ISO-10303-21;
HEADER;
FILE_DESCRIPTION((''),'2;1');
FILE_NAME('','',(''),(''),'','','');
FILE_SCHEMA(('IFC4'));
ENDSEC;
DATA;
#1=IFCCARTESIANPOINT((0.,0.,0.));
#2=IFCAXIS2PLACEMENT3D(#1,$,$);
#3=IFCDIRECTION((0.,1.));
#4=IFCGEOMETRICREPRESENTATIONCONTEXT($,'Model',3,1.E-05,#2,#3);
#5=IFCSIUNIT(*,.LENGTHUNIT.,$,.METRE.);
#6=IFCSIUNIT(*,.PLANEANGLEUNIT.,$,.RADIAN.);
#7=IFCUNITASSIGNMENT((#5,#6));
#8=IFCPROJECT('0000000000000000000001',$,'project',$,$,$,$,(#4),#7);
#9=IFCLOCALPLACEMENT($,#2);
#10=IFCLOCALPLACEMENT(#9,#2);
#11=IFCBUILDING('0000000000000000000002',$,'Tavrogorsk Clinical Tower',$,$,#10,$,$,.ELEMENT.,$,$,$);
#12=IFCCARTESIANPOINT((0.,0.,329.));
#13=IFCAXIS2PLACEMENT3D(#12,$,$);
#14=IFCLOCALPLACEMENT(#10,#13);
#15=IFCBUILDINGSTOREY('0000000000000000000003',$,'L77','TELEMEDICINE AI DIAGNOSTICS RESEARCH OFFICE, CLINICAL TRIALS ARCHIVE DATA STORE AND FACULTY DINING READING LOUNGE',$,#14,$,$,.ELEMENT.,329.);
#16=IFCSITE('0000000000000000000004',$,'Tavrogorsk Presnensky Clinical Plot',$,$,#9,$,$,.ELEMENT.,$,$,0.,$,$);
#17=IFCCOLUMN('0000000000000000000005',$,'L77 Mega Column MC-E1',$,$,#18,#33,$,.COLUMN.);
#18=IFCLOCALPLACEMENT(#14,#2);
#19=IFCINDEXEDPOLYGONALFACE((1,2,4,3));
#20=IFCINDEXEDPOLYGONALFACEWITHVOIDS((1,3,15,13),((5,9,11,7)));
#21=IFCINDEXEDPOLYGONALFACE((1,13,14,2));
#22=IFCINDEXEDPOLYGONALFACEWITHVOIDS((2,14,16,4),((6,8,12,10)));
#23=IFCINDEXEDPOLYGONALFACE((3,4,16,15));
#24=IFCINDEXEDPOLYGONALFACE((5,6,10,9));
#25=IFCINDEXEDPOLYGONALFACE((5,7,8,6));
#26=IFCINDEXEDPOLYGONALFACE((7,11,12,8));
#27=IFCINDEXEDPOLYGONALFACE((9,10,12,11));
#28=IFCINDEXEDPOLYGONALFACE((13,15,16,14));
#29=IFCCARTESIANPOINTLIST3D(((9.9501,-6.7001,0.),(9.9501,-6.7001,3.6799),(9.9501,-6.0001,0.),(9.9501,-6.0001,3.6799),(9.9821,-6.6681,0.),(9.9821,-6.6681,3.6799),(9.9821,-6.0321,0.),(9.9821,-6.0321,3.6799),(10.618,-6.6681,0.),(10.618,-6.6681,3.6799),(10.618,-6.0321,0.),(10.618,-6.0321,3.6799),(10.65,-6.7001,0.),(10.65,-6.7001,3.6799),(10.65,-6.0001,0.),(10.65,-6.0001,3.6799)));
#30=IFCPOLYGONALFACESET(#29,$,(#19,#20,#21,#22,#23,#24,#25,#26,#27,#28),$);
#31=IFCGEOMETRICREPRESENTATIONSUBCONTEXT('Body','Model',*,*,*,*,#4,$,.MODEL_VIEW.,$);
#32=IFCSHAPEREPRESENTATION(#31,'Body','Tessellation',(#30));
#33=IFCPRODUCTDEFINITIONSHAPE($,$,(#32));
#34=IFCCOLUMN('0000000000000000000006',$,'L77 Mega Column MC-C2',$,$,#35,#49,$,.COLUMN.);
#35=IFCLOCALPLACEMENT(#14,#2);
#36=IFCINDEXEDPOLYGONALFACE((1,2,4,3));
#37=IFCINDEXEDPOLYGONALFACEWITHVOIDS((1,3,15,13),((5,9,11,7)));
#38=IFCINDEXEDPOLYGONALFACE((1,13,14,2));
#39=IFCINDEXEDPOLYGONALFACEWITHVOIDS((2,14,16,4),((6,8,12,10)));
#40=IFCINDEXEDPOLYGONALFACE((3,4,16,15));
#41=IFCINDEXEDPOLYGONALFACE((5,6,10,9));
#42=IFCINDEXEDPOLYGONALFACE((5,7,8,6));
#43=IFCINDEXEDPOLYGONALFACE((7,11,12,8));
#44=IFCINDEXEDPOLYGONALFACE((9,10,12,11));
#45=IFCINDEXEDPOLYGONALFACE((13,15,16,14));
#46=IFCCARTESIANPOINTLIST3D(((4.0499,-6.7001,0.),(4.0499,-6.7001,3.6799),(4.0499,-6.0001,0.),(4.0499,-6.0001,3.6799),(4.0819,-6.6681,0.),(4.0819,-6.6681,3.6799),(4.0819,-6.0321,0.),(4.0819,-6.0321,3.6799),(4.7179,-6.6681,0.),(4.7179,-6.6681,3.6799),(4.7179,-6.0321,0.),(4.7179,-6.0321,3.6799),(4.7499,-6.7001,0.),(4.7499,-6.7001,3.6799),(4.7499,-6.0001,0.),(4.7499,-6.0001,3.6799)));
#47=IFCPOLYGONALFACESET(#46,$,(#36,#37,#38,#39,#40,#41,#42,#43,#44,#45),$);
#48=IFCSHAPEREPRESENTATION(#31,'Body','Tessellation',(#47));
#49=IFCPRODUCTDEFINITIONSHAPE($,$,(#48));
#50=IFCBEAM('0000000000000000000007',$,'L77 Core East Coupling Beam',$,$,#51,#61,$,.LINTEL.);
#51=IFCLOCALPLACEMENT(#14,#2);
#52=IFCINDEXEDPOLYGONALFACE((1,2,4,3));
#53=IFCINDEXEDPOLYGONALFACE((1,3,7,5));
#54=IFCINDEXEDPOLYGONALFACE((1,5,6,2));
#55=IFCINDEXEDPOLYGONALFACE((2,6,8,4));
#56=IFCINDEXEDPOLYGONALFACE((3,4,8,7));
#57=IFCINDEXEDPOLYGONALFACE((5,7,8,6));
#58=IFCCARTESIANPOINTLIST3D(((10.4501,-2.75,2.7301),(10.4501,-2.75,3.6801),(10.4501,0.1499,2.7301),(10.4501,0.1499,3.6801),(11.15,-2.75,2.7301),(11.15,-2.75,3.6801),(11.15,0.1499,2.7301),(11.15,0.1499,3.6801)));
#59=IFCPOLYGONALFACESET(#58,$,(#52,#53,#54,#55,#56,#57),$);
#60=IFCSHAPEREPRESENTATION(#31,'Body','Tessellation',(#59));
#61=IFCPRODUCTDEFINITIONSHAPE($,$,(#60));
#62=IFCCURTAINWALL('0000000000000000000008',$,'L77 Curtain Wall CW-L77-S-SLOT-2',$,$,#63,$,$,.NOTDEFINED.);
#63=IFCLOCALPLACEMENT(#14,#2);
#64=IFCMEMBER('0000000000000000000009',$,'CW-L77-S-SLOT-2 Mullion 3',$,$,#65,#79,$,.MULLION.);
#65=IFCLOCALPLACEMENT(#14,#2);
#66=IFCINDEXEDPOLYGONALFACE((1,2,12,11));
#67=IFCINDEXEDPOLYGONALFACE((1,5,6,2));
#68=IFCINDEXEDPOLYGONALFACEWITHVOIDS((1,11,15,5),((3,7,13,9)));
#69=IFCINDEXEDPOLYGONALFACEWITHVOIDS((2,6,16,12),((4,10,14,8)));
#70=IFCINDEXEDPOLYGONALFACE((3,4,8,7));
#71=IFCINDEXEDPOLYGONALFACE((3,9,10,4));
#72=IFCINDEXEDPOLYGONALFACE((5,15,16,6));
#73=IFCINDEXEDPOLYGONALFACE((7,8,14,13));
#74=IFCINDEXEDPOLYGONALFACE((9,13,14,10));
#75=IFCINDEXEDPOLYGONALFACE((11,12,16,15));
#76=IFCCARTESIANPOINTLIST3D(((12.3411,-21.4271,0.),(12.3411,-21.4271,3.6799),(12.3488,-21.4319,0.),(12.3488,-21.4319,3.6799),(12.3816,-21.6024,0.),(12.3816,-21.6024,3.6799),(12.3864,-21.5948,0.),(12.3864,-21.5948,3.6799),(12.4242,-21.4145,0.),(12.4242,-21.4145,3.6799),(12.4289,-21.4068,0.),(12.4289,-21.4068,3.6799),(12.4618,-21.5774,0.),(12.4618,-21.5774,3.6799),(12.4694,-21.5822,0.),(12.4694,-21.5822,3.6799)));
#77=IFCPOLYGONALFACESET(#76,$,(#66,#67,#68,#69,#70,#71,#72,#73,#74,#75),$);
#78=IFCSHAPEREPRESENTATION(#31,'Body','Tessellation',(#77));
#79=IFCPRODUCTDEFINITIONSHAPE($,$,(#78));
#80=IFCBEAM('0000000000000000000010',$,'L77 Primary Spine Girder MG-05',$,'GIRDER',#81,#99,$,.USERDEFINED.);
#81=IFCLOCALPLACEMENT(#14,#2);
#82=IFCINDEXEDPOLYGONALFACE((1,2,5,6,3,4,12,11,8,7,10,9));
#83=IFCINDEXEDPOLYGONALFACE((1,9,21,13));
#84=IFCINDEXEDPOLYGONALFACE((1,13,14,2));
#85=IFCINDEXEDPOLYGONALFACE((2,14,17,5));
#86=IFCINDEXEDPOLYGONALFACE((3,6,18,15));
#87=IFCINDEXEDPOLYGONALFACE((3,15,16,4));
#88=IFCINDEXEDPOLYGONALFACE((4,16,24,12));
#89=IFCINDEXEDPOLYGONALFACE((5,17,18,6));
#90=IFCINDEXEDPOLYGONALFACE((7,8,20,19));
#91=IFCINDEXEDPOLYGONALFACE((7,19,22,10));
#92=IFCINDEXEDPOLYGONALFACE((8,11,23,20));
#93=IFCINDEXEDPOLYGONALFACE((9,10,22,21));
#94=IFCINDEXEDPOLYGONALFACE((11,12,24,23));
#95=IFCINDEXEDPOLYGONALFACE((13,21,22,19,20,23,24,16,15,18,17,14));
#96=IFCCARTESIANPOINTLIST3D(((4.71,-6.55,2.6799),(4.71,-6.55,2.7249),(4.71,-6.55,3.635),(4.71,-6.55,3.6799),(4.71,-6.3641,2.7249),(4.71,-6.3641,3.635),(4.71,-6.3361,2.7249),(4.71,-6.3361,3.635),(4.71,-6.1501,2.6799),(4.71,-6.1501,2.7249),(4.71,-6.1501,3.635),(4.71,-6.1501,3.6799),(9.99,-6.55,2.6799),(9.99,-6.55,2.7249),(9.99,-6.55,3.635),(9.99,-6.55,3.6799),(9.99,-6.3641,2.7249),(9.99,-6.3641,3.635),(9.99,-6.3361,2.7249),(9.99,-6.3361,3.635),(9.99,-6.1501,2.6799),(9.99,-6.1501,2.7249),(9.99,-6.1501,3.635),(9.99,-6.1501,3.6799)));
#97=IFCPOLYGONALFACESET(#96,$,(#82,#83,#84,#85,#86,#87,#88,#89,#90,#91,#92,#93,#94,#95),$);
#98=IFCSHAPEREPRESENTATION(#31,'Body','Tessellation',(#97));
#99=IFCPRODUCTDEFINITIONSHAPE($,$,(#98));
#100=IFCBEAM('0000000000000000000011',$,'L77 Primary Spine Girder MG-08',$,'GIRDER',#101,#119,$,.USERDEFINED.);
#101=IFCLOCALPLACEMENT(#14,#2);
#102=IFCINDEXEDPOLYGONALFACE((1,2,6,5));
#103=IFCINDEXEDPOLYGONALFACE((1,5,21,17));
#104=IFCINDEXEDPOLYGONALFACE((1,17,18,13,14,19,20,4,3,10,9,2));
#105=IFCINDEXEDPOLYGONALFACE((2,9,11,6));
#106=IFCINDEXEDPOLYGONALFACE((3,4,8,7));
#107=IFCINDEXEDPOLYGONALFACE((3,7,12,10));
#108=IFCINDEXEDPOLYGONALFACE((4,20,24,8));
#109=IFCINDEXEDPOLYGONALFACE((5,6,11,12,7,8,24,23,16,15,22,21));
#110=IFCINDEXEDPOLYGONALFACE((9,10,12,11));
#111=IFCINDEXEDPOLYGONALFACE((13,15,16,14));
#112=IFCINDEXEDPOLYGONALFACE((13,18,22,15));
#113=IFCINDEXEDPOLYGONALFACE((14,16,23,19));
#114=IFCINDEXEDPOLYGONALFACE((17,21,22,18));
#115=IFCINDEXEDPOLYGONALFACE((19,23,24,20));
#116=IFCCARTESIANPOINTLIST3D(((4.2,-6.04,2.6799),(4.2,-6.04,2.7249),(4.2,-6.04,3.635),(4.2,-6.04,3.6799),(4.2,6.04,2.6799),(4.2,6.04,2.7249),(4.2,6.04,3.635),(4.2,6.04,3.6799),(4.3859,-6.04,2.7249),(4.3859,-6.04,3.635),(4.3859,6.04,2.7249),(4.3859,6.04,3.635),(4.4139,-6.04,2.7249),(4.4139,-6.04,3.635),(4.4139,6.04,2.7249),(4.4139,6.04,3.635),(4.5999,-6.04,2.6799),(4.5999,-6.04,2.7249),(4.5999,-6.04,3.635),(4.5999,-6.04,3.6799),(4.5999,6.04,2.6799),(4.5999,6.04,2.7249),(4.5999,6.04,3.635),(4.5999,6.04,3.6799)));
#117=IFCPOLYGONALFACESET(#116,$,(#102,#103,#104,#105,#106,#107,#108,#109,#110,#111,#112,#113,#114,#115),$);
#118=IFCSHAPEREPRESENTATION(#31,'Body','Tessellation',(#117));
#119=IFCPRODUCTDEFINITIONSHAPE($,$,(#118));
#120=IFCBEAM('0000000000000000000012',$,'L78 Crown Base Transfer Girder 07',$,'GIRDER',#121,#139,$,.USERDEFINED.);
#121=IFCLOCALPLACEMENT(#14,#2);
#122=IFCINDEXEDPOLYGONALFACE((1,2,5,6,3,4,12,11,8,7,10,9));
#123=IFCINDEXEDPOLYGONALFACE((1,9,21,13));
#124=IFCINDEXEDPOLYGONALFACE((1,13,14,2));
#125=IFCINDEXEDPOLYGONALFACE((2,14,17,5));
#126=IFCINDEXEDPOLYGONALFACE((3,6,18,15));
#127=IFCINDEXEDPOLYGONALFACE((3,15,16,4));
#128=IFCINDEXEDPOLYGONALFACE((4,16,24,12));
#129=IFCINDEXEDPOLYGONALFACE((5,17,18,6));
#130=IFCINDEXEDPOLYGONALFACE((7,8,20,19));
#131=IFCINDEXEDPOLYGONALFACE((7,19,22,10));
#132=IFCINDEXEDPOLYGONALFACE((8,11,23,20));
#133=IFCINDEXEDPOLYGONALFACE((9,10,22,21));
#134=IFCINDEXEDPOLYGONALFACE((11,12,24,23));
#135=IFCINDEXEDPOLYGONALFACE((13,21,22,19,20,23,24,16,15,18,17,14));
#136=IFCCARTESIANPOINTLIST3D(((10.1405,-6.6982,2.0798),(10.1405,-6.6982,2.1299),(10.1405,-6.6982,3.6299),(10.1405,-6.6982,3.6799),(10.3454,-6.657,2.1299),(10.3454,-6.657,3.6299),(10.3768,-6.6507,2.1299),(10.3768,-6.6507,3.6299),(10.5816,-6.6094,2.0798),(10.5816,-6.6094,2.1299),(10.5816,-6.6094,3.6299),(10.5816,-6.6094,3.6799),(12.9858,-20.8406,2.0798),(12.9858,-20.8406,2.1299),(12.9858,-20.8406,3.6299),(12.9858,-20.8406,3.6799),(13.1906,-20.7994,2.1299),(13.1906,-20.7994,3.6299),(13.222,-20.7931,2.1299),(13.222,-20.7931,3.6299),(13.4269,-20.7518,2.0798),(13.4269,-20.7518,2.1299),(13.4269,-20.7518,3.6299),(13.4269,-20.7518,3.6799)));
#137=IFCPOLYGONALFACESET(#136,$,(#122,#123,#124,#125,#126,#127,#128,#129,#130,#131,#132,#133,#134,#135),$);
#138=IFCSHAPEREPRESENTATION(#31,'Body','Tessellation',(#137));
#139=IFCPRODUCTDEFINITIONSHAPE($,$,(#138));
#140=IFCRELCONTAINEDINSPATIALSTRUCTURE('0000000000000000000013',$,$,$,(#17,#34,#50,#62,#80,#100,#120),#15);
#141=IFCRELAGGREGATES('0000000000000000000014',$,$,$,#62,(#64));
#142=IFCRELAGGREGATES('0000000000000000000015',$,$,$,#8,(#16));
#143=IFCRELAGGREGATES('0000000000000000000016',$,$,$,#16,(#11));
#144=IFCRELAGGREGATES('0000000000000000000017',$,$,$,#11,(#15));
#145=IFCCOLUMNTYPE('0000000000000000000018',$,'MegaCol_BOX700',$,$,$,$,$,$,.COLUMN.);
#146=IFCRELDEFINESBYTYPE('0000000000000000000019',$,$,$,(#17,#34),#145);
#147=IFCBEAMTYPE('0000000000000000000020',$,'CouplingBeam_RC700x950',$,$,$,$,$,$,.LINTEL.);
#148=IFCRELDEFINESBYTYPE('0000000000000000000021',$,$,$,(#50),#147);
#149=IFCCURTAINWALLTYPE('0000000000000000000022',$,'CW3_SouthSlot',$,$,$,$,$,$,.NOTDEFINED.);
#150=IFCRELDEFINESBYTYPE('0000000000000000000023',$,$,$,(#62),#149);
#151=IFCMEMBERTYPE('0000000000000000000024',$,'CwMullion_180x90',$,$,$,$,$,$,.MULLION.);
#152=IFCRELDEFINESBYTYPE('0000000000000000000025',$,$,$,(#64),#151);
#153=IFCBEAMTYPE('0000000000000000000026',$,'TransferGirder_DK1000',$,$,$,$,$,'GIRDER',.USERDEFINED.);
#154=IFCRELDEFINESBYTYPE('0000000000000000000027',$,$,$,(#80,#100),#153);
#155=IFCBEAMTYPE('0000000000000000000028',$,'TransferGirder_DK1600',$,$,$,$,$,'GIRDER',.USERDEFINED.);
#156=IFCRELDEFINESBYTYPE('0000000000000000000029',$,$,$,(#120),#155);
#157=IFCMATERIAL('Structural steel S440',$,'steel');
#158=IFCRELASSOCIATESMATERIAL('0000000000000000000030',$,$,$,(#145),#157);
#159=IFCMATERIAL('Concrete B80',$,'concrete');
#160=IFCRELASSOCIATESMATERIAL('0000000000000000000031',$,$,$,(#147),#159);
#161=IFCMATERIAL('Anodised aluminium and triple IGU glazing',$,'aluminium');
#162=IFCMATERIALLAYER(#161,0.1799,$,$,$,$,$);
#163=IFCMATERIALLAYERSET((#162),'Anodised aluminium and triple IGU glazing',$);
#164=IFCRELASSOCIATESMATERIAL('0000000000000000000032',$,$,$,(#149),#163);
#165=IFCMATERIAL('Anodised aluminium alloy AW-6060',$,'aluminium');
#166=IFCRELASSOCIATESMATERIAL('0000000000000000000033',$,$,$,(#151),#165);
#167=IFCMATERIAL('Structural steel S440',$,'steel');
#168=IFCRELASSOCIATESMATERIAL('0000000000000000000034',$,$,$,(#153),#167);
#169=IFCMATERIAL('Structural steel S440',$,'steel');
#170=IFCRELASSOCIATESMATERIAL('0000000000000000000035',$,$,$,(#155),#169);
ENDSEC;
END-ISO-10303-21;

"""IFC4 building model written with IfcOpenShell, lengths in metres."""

from ifc_helpers import new_model, si_unit, direction, frame, origin, origin_2d, place, context, subcontext, project, spatial, rectangle, hollow_rectangle, i_section, extrude, material, layer, layer_set, material_profile, profile_set, type_object, element, aggregate, save


model = new_model("IFC4")

# Units and contexts
model_context = context("Model", 3, precision=1e-05, world=origin(), true_north=direction((0.0, 1.0)))
body_context = subcontext(model_context, "Body", "Model", "MODEL_VIEW")
ifc_project = project(units=[si_unit("LENGTHUNIT", "METRE"), si_unit("PLANEANGLEUNIT", "RADIAN")], contexts=[model_context])

# Site, building, storey
site_placement = place(None, origin())
site = spatial("IfcSite", under=ifc_project, at=site_placement, Name="Tavrogorsk Presnensky Clinical Plot", CompositionType="ELEMENT", RefElevation=0.0)
building_placement = place(site_placement, origin())
building = spatial("IfcBuilding", under=site, at=building_placement, Name="Tavrogorsk Clinical Tower", CompositionType="ELEMENT")
storey_placement = place(building_placement, frame((0.0, 0.0, 329.0)))
storey = spatial("IfcBuildingStorey", under=building, at=storey_placement, Name="L77", Description="TELEMEDICINE AI DIAGNOSTICS RESEARCH OFFICE, CLINICAL TRIALS ARCHIVE DATA STORE AND FACULTY DINING READING LOUNGE", CompositionType="ELEMENT", Elevation=329.0)

# Columns
ifc_material_1 = material(Name="Structural steel S440", Category="steel")
ifc_material_profile_1 = material_profile(ifc_material_1, hollow_rectangle(XDim=0.7, YDim=0.7, WallThickness=0.032, at=origin_2d()), Name="BOX-700x700x32")
ifc_profile_set_1 = profile_set([ifc_material_profile_1], Name="Structural steel S440")
column_type = type_object("IfcColumnType", Name="MegaCol_BOX700", PredefinedType="COLUMN", material=ifc_profile_set_1)
for number, where, z_axis, x_axis, name in (
    (1, (10.3, -6.3501, 0.0), (0.0, 0.0, 1.0), (1.0, 0.0, 0.0), "L77 Mega Column MC-E1"),
    (2, (4.3999, -6.3501, 0.0), (0.0, 0.0, 1.0), (1.0, 0.0, 0.0), "L77 Mega Column MC-C2"),
):
    element("IfcColumn", number, at=place(storey_placement, frame(where, z_axis=z_axis, x_axis=x_axis)), inside=storey, type_object=column_type, Name=name, PredefinedType="COLUMN", context=body_context, shape_type="SweptSolid", body=[
        extrude(hollow_rectangle(XDim=0.7, YDim=0.7, WallThickness=0.032, at=origin_2d()), origin(), (0.0, 0.0, 1.0), 3.6799),
    ])

# Beam
ifc_material_2 = material(Name="Concrete B80", Category="concrete")
ifc_material_profile_2 = material_profile(ifc_material_2, rectangle(XDim=0.7, YDim=0.95, at=origin_2d()), Name="RC-CB-700x950")
ifc_profile_set_2 = profile_set([ifc_material_profile_2], Name="Concrete B80")
beam_type_1 = type_object("IfcBeamType", Name="CouplingBeam_RC700x950", PredefinedType="LINTEL", material=ifc_profile_set_2)
beam_1_placement = place(storey_placement, frame((10.8, -2.75, 3.2051), z_axis=(0.0, 1.0, 0.0), x_axis=(-1.0, 0.0, 0.0)))
element("IfcBeam", 3, at=beam_1_placement, inside=storey, type_object=beam_type_1, Name="L77 Core East Coupling Beam", PredefinedType="LINTEL", context=body_context, shape_type="SweptSolid", body=[
    extrude(rectangle(XDim=0.7, YDim=0.95, at=origin_2d()), origin(), (0.0, 0.0, 1.0), 2.8999),
])

# Curtain wall, member
ifc_material_3 = material(Name="Anodised aluminium and triple IGU glazing", Category="aluminium")
ifc_layer_1 = layer(ifc_material_3, 0.1799)
ifc_layer_set_1 = layer_set([ifc_layer_1], Name="Anodised aluminium and triple IGU glazing")
curtain_wall_type = type_object("IfcCurtainWallType", Name="CW3_SouthSlot", PredefinedType="NOTDEFINED", material=ifc_layer_set_1)
curtain_wall_placement = place(storey_placement, origin())
curtain_wall = element("IfcCurtainWall", 4, at=curtain_wall_placement, inside=storey, type_object=curtain_wall_type, Name="L77 Curtain Wall CW-L77-S-SLOT-2", PredefinedType="NOTDEFINED")
ifc_material_4 = material(Name="Anodised aluminium alloy AW-6060", Category="aluminium")
ifc_material_profile_3 = material_profile(ifc_material_4, hollow_rectangle(XDim=0.0901, YDim=0.1799, WallThickness=0.0063, at=origin_2d()), Name="RHS-180x90x6.3")
ifc_profile_set_3 = profile_set([ifc_material_profile_3], Name="Anodised aluminium alloy AW-6060")
member_type = type_object("IfcMemberType", Name="CwMullion_180x90", PredefinedType="MULLION", material=ifc_profile_set_3)
member_placement = place(storey_placement, frame((12.4053, -21.5046, 0.0), z_axis=(0.0, 0.0, 1.0), x_axis=(0.97437, 0.224951, 0.0)))
member = element("IfcMember", 5, at=member_placement, type_object=member_type, Name="CW-L77-S-SLOT-2 Mullion 3", PredefinedType="MULLION", context=body_context, shape_type="SweptSolid", body=[
    extrude(hollow_rectangle(XDim=0.0901, YDim=0.1799, WallThickness=0.0063, at=origin_2d()), origin(), (0.0, 0.0, 1.0), 3.6799),
])
aggregate(curtain_wall, [member])

# Beams
ifc_material_5 = material(Name="Structural steel S440", Category="steel")
ifc_material_profile_4 = material_profile(ifc_material_5, i_section(OverallWidth=0.3999, OverallDepth=1.0, WebThickness=0.0281, FlangeThickness=0.0449, at=origin_2d()), Name="DK-1000x400x28x45")
ifc_profile_set_4 = profile_set([ifc_material_profile_4], Name="Structural steel S440")
beam_type_2 = type_object("IfcBeamType", Name="TransferGirder_DK1000", ElementType="GIRDER", PredefinedType="USERDEFINED", material=ifc_profile_set_4)
beam_2_placement = place(storey_placement, frame((4.71, -6.3501, 3.1799), z_axis=(1.0, 0.0, 0.0), x_axis=(0.0, 1.0, 0.0)))
element("IfcBeam", 6, at=beam_2_placement, inside=storey, type_object=beam_type_2, Name="L77 Primary Spine Girder MG-05", ObjectType="GIRDER", PredefinedType="USERDEFINED", context=body_context, shape_type="SweptSolid", body=[
    extrude(i_section(OverallWidth=0.3999, OverallDepth=1.0, WebThickness=0.0281, FlangeThickness=0.0449, at=origin_2d()), origin(), (0.0, 0.0, 1.0), 5.28),
])
beam_3_placement = place(storey_placement, frame((4.3999, -6.04, 3.1799), z_axis=(0.0, 1.0, 0.0), x_axis=(-1.0, 0.0, 0.0)))
element("IfcBeam", 7, at=beam_3_placement, inside=storey, type_object=beam_type_2, Name="L77 Primary Spine Girder MG-08", ObjectType="GIRDER", PredefinedType="USERDEFINED", context=body_context, shape_type="SweptSolid", body=[
    extrude(i_section(OverallWidth=0.3999, OverallDepth=1.0, WebThickness=0.0281, FlangeThickness=0.0449, at=origin_2d()), origin(), (0.0, 0.0, 1.0), 12.0801),
])
ifc_material_6 = material(Name="Structural steel S440", Category="steel")
ifc_material_profile_5 = material_profile(ifc_material_6, i_section(OverallWidth=0.45, OverallDepth=1.6001, WebThickness=0.032, FlangeThickness=0.05, at=origin_2d()), Name="DK-1600x450x32x50")
ifc_profile_set_5 = profile_set([ifc_material_profile_5], Name="Structural steel S440")
beam_type_3 = type_object("IfcBeamType", Name="TransferGirder_DK1600", ElementType="GIRDER", PredefinedType="USERDEFINED", material=ifc_profile_set_5)
beam_4_placement = place(storey_placement, frame((10.3611, -6.6538, 2.8799), z_axis=(0.197232, -0.980357, 0.0), x_axis=(0.980357, 0.197232, 0.0)))
element("IfcBeam", 8, at=beam_4_placement, inside=storey, type_object=beam_type_3, Name="L78 Crown Base Transfer Girder 07", ObjectType="GIRDER", PredefinedType="USERDEFINED", context=body_context, shape_type="SweptSolid", body=[
    extrude(i_section(OverallWidth=0.45, OverallDepth=1.6001, WebThickness=0.032, FlangeThickness=0.05, at=origin_2d()), origin(), (0.0, 0.0, 1.0), 14.4258),
])

save(model, "model.ifc")
